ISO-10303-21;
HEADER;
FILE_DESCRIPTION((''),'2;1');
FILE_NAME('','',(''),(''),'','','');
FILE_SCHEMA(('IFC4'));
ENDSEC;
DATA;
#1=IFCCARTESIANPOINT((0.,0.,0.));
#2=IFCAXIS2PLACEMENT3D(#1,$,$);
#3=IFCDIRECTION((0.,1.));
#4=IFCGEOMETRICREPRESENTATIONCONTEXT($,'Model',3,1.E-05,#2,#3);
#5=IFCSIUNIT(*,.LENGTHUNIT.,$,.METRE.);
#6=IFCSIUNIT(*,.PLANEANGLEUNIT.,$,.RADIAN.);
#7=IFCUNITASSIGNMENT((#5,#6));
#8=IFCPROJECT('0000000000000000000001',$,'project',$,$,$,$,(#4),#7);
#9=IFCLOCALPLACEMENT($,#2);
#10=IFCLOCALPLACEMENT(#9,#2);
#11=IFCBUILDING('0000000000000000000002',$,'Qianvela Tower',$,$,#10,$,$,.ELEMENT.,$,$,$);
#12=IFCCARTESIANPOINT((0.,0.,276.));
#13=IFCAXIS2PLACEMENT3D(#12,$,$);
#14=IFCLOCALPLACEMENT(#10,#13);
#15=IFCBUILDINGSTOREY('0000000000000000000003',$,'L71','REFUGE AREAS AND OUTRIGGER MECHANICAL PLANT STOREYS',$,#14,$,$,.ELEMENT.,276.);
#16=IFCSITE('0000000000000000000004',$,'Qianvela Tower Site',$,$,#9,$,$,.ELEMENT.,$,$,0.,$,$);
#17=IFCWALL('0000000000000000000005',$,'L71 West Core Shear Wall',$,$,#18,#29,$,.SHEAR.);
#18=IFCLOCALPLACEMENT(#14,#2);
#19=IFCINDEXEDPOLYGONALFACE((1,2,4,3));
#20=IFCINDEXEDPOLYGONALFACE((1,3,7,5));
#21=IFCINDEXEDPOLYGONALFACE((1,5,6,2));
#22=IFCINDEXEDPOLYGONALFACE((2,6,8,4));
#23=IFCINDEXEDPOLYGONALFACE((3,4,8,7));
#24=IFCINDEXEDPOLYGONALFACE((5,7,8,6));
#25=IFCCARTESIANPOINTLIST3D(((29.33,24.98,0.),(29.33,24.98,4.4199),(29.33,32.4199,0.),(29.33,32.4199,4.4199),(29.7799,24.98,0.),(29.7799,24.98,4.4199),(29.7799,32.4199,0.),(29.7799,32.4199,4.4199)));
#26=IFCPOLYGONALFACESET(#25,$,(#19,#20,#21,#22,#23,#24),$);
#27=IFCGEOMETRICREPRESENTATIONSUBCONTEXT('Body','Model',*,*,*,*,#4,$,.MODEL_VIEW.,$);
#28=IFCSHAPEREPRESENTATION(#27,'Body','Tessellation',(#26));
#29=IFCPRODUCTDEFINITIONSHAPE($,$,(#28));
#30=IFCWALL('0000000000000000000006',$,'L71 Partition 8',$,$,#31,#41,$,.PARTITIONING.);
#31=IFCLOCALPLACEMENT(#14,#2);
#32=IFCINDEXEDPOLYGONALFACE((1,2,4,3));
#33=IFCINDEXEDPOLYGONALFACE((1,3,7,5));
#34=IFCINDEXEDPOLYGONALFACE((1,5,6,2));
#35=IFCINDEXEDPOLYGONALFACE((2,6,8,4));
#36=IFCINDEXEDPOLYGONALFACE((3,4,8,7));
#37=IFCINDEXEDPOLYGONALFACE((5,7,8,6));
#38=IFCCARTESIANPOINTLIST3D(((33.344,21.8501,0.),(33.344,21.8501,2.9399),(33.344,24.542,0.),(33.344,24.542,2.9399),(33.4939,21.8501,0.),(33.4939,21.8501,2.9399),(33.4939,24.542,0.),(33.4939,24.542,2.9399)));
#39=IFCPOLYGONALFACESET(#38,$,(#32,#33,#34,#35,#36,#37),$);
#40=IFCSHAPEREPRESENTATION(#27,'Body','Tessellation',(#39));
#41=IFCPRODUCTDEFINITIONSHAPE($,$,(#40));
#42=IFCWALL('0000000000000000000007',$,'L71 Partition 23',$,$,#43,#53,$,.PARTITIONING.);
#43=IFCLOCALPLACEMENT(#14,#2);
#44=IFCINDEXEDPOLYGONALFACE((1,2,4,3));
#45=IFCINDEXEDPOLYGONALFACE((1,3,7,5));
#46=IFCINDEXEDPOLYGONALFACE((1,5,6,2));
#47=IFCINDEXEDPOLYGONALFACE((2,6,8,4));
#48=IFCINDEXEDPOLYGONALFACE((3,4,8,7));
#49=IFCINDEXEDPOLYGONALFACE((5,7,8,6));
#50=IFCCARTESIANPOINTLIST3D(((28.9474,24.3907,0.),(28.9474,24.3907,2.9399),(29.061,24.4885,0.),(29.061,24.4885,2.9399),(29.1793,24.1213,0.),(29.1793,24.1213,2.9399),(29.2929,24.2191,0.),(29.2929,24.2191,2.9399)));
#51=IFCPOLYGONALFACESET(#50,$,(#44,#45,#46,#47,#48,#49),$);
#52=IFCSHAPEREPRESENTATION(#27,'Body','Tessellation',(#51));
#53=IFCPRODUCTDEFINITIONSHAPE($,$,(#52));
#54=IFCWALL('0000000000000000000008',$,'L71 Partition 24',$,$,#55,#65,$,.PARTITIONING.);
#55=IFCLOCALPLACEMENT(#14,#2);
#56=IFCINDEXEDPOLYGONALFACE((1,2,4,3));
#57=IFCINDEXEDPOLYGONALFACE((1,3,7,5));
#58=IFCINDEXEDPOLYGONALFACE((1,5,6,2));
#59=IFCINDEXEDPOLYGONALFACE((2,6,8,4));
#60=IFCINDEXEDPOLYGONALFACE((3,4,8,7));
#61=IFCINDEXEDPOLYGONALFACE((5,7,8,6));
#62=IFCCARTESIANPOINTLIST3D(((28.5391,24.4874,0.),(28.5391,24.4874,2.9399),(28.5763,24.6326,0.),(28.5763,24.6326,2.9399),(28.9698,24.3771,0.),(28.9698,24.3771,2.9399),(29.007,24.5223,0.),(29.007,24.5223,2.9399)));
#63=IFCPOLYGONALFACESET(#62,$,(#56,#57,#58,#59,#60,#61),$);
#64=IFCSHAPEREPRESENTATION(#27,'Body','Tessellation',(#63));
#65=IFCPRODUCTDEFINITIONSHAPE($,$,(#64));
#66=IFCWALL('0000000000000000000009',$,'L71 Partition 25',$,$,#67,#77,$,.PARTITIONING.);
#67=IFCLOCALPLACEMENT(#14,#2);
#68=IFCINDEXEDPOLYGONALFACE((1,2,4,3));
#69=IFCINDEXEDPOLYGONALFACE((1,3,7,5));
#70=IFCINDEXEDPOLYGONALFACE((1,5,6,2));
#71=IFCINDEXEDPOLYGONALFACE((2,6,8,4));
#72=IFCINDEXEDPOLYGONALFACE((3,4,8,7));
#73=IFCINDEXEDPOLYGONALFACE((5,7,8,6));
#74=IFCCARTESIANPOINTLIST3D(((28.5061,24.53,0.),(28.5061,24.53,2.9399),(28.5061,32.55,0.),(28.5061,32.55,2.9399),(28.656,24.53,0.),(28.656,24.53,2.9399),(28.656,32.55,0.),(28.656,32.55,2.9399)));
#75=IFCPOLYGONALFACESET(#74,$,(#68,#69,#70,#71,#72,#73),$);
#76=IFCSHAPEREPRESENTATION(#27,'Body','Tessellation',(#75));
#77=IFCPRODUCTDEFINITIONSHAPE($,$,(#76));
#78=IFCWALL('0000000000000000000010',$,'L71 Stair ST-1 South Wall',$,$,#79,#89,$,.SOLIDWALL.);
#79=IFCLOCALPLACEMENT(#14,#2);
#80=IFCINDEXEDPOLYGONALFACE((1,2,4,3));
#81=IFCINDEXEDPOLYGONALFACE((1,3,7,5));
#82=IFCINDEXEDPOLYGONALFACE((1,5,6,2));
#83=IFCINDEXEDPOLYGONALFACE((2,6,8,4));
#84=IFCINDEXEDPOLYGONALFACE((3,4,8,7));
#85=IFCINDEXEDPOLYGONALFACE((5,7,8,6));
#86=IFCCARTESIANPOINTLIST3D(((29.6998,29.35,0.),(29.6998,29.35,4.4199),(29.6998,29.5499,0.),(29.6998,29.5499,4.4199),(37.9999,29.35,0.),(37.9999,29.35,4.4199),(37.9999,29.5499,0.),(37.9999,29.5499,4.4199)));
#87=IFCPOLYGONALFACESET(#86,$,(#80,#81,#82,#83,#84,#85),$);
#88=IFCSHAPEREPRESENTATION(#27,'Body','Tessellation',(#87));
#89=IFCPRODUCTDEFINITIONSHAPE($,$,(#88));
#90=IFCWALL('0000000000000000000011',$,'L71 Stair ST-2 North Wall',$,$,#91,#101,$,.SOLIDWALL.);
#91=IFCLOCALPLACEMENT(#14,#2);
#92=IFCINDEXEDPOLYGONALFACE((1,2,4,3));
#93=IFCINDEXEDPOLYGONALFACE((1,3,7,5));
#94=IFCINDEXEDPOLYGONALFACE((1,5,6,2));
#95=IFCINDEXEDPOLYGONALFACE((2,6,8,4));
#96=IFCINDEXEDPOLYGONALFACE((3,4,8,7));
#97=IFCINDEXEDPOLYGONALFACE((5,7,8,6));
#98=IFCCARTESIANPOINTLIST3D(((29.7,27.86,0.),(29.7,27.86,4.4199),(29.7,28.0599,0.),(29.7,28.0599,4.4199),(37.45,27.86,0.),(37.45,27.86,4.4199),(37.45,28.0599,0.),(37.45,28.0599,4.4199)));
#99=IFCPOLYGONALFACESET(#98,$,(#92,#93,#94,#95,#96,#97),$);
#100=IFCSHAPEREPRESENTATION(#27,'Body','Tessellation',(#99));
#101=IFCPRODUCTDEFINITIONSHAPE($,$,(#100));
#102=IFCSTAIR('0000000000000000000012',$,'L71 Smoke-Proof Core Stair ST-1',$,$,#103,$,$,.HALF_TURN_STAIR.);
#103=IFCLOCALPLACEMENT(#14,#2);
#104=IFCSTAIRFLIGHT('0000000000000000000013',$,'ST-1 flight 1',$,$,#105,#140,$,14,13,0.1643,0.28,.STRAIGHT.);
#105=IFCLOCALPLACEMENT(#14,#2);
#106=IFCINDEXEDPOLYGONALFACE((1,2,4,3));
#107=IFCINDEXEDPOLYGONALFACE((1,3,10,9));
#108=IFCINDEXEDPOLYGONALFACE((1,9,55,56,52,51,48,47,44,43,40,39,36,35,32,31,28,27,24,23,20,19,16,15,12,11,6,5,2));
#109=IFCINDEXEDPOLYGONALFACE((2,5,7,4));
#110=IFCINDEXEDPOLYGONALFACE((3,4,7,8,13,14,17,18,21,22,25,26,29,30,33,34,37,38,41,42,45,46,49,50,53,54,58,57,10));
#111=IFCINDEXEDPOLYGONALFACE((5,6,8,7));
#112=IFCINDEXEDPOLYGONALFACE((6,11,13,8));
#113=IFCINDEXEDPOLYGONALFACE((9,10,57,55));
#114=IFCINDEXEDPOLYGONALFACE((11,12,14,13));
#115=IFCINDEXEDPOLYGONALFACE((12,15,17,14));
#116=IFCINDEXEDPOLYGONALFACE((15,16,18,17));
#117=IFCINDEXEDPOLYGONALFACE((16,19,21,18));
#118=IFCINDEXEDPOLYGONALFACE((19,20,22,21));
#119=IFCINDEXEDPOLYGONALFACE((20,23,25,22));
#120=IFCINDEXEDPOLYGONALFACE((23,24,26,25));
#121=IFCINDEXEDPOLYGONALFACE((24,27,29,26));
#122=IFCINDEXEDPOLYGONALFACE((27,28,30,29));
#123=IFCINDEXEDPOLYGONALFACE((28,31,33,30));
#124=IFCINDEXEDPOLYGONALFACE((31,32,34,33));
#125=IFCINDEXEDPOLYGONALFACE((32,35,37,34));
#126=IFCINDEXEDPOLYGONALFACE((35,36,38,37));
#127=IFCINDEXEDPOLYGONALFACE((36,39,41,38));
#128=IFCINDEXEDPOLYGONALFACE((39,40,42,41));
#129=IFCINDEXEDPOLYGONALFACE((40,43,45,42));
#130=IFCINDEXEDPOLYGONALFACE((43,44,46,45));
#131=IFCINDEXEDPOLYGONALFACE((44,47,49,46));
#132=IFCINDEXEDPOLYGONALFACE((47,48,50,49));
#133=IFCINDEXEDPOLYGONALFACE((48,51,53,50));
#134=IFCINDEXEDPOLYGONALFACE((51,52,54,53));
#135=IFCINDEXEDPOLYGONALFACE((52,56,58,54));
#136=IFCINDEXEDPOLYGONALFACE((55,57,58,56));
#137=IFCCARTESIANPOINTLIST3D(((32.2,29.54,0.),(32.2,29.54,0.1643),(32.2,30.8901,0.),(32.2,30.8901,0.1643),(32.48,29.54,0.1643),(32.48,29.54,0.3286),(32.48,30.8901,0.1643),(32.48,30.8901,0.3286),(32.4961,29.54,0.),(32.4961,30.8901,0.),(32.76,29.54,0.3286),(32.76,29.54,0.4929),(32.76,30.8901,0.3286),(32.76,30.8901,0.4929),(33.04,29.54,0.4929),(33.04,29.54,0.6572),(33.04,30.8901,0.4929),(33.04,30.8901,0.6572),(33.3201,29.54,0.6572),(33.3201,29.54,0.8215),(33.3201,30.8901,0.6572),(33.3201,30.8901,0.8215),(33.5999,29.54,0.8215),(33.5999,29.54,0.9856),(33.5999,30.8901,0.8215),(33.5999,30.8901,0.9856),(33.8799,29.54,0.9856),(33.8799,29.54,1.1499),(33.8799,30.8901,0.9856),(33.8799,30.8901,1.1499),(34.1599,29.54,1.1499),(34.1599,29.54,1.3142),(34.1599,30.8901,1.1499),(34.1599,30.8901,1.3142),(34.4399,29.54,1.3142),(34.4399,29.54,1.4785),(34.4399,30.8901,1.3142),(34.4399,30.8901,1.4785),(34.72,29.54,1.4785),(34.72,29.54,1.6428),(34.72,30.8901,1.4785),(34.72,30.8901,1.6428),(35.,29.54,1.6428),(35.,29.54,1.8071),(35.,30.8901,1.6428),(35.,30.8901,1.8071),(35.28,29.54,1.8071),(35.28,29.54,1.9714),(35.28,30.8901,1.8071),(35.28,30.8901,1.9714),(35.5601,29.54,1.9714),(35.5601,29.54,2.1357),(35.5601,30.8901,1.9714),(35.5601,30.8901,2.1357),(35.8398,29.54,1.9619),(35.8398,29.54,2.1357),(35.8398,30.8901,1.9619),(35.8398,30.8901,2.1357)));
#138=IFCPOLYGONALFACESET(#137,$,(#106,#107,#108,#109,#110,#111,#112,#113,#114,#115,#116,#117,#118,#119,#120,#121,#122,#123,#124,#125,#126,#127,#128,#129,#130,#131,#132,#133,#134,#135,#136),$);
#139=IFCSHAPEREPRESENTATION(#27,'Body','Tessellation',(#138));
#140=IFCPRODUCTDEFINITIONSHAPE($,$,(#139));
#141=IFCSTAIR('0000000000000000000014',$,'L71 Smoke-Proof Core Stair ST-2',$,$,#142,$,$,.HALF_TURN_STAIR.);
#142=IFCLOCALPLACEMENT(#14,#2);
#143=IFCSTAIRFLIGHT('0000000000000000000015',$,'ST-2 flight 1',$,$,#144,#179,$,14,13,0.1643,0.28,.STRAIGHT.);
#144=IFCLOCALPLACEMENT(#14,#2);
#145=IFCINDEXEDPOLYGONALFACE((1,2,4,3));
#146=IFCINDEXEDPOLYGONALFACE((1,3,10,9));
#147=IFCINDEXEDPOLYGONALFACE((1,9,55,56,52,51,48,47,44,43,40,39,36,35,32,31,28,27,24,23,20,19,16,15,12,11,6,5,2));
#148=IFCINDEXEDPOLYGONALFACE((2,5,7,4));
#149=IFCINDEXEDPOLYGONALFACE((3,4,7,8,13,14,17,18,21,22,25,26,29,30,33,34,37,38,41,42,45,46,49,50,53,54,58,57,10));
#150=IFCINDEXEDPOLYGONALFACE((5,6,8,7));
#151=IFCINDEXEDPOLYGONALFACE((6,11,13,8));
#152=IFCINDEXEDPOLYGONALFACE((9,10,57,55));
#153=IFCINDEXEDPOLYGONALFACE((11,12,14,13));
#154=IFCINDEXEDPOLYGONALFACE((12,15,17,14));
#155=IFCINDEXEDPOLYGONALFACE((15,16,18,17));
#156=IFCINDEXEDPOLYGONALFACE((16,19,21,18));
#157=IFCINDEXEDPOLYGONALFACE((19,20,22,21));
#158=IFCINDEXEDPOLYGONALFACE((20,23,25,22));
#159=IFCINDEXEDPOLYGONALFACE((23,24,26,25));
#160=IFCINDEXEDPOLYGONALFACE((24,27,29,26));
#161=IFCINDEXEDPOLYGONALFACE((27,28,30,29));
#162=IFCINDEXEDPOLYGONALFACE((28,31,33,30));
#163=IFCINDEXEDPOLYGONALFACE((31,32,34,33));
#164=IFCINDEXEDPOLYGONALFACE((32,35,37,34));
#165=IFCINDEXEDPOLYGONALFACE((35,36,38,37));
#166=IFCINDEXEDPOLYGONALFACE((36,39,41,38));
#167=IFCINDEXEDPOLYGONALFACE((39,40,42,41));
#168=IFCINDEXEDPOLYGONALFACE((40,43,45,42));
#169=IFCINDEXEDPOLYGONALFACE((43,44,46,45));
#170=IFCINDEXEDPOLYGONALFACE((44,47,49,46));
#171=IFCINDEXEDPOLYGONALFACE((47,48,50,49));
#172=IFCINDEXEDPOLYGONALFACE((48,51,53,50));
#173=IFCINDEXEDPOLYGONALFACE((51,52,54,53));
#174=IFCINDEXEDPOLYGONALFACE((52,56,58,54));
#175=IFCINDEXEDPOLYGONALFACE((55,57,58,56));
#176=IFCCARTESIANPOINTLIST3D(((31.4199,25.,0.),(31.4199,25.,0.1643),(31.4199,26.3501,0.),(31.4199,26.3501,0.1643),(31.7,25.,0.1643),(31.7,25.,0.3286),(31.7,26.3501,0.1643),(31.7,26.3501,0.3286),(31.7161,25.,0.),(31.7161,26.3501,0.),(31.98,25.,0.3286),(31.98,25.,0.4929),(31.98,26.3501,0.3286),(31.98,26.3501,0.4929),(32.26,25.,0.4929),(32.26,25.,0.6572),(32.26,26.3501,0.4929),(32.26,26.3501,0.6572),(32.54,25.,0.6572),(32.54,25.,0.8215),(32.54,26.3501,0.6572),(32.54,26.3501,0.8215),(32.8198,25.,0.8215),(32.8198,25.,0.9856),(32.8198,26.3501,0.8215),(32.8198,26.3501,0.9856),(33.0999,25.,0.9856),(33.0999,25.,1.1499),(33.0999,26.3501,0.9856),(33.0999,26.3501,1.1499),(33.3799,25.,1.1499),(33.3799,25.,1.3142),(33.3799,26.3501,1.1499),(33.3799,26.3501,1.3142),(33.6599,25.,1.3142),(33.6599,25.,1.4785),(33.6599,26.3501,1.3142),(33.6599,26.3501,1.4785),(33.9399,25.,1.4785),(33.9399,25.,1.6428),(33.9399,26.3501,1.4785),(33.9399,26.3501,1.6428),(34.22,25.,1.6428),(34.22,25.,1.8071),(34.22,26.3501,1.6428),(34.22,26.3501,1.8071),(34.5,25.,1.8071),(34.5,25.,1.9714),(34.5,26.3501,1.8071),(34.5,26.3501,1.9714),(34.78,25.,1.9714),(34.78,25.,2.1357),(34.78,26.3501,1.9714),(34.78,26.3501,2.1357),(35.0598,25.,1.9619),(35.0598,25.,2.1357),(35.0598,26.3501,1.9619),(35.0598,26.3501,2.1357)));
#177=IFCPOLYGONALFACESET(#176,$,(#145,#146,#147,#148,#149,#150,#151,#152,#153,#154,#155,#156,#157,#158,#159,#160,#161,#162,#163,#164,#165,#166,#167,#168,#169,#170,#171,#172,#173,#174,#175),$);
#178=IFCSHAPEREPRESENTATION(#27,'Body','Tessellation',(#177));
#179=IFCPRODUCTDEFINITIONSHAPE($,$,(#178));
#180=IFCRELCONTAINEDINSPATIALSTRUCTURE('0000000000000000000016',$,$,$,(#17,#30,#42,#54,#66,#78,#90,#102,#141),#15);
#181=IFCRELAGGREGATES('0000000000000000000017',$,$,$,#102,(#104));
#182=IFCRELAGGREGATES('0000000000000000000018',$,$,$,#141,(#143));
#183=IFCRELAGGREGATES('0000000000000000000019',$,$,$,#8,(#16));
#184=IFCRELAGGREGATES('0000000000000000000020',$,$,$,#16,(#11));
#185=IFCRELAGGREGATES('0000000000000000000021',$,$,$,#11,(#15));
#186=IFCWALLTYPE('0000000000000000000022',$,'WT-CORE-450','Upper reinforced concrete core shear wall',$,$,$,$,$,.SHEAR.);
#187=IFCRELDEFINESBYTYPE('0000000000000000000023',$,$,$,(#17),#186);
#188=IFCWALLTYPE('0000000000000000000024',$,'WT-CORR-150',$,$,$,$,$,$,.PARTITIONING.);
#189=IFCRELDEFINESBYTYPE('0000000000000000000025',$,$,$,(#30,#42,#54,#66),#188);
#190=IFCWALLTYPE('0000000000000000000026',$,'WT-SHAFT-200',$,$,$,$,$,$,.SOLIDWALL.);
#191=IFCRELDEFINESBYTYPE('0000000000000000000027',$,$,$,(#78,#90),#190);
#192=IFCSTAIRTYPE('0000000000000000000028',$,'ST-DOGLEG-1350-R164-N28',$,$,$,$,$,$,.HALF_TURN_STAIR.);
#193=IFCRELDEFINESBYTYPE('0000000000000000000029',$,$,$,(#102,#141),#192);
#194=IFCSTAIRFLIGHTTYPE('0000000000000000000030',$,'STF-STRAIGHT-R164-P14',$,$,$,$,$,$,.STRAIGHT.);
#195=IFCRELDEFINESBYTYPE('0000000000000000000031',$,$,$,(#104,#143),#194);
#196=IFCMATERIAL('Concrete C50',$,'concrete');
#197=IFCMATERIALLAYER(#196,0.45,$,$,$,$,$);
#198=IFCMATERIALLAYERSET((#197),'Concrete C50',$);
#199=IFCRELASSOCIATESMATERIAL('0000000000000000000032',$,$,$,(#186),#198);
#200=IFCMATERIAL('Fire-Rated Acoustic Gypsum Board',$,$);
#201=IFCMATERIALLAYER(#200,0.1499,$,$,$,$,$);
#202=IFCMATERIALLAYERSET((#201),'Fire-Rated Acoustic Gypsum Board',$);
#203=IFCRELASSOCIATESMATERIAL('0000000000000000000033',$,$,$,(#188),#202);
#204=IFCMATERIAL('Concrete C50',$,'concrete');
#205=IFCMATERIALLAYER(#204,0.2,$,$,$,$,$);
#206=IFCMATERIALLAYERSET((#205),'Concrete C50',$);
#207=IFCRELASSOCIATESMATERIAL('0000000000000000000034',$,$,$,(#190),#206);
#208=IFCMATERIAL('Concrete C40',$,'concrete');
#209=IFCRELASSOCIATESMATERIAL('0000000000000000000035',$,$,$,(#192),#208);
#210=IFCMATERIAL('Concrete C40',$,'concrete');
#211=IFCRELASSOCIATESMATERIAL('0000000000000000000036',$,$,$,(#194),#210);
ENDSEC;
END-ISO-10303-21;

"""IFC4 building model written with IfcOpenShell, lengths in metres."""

from ifc_helpers import new_model, si_unit, direction, frame, frame_2d, origin, place, context, subcontext, project, spatial, polyline, rectangle, outline, extrude, material, layer, layer_set, type_object, element, aggregate, save


model = new_model("IFC4")

# Units and contexts
model_context = context("Model", 3, precision=1e-05, world=origin(), true_north=direction((0.0, 1.0)))
body_context = subcontext(model_context, "Body", "Model", "MODEL_VIEW")
ifc_project = project(units=[si_unit("LENGTHUNIT", "METRE"), si_unit("PLANEANGLEUNIT", "RADIAN")], contexts=[model_context])

# Site, building, storey
site_placement = place(None, origin())
site = spatial("IfcSite", under=ifc_project, at=site_placement, Name="Qianvela Tower Site", CompositionType="ELEMENT", RefElevation=0.0)
building_placement = place(site_placement, origin())
building = spatial("IfcBuilding", under=site, at=building_placement, Name="Qianvela Tower", CompositionType="ELEMENT")
storey_placement = place(building_placement, frame((0.0, 0.0, 276.0)))
storey = spatial("IfcBuildingStorey", under=building, at=storey_placement, Name="L71", Description="REFUGE AREAS AND OUTRIGGER MECHANICAL PLANT STOREYS", CompositionType="ELEMENT", Elevation=276.0)

# Shared definitions
ifc_material_1 = material(Name="Concrete C50", Category="concrete")
ifc_layer_1 = layer(ifc_material_1, 0.45)
ifc_layer_set_1 = layer_set([ifc_layer_1], Name="Concrete C50")
wall_type_1 = type_object("IfcWallType", Name="WT-CORE-450", Description="Upper reinforced concrete core shear wall", PredefinedType="SHEAR", material=ifc_layer_set_1)

# Walls
wall_1_placement = place(storey_placement, frame((29.5549, 24.98, 0.0), z_axis=(0.0, 0.0, 1.0), x_axis=(0.0, 1.0, 0.0)))
element("IfcWall", 1, at=wall_1_placement, inside=storey, type_object=wall_type_1, Name="L71 West Core Shear Wall", PredefinedType="SHEAR", context=body_context, shape_type="SweptSolid", body=[
    extrude(rectangle(XDim=7.4399, YDim=0.45, at=frame_2d((3.72, 0.0))), origin(), (0.0, 0.0, 1.0), 4.4199),
])
ifc_material_2 = material(Name="Fire-Rated Acoustic Gypsum Board")
ifc_layer_2 = layer(ifc_material_2, 0.1499)
ifc_layer_set_2 = layer_set([ifc_layer_2], Name="Fire-Rated Acoustic Gypsum Board")
wall_type_2 = type_object("IfcWallType", Name="WT-CORR-150", PredefinedType="PARTITIONING", material=ifc_layer_set_2)
wall_2_placement = place(storey_placement, frame((33.4189, 24.542, 0.0), z_axis=(0.0, 0.0, 1.0), x_axis=(0.0, -1.0, 0.0)))
element("IfcWall", 2, at=wall_2_placement, inside=storey, type_object=wall_type_2, Name="L71 Partition 8", PredefinedType="PARTITIONING", context=body_context, shape_type="SweptSolid", body=[
    extrude(rectangle(XDim=2.6919, YDim=0.1499, at=frame_2d((1.3459, 0.0))), origin(), (0.0, 0.0, 1.0), 2.9399),
])
wall_3_placement = place(storey_placement, frame((29.2361, 24.1702, 0.0), z_axis=(0.0, 0.0, 1.0), x_axis=(-0.65226, 0.757995, 0.0)))
element("IfcWall", 3, at=wall_3_placement, inside=storey, type_object=wall_type_2, Name="L71 Partition 23", PredefinedType="PARTITIONING", context=body_context, shape_type="SweptSolid", body=[
    extrude(rectangle(XDim=0.3555, YDim=0.1499, at=frame_2d((0.1777, 0.0))), origin(), (0.0, 0.0, 1.0), 2.9399),
])
wall_4_placement = place(storey_placement, frame((28.9883, 24.4497, 0.0), z_axis=(0.0, 0.0, 1.0), x_axis=(-0.968705, 0.248217, 0.0)))
element("IfcWall", 4, at=wall_4_placement, inside=storey, type_object=wall_type_2, Name="L71 Partition 24", PredefinedType="PARTITIONING", context=body_context, shape_type="SweptSolid", body=[
    extrude(rectangle(XDim=0.4446, YDim=0.1499, at=frame_2d((0.2222, 0.0))), origin(), (0.0, 0.0, 1.0), 2.9399),
])
wall_5_placement = place(storey_placement, frame((28.5811, 24.53, 0.0), z_axis=(0.0, 0.0, 1.0), x_axis=(0.0, 1.0, 0.0)))
element("IfcWall", 5, at=wall_5_placement, inside=storey, type_object=wall_type_2, Name="L71 Partition 25", PredefinedType="PARTITIONING", context=body_context, shape_type="SweptSolid", body=[
    extrude(rectangle(XDim=8.02, YDim=0.1499, at=frame_2d((4.01, 0.0))), origin(), (0.0, 0.0, 1.0), 2.9399),
])
ifc_material_3 = material(Name="Concrete C50", Category="concrete")
ifc_layer_3 = layer(ifc_material_3, 0.2)
ifc_layer_set_3 = layer_set([ifc_layer_3], Name="Concrete C50")
wall_type_3 = type_object("IfcWallType", Name="WT-SHAFT-200", PredefinedType="SOLIDWALL", material=ifc_layer_set_3)
wall_6_placement = place(storey_placement, frame((29.7, 29.45, 0.0), z_axis=(0.0, 0.0, 1.0), x_axis=(1.0, 0.0, 0.0)))
element("IfcWall", 6, at=wall_6_placement, inside=storey, type_object=wall_type_3, Name="L71 Stair ST-1 South Wall", PredefinedType="SOLIDWALL", context=body_context, shape_type="SweptSolid", body=[
    extrude(rectangle(XDim=8.3, YDim=0.2, at=frame_2d((4.1499, 0.0))), origin(), (0.0, 0.0, 1.0), 4.4199),
])
wall_7_placement = place(storey_placement, frame((29.7, 27.96, 0.0), z_axis=(0.0, 0.0, 1.0), x_axis=(1.0, 0.0, 0.0)))
element("IfcWall", 7, at=wall_7_placement, inside=storey, type_object=wall_type_3, Name="L71 Stair ST-2 North Wall", PredefinedType="SOLIDWALL", context=body_context, shape_type="SweptSolid", body=[
    extrude(rectangle(XDim=7.75, YDim=0.2, at=frame_2d((3.875, 0.0))), origin(), (0.0, 0.0, 1.0), 4.4199),
])

# Stair, stair flight
ifc_material_4 = material(Name="Concrete C40", Category="concrete")
stair_type = type_object("IfcStairType", Name="ST-DOGLEG-1350-R164-N28", PredefinedType="HALF_TURN_STAIR", material=ifc_material_4)
stair_1_placement = place(storey_placement, origin())
stair_1 = element("IfcStair", 8, at=stair_1_placement, inside=storey, type_object=stair_type, Name="L71 Smoke-Proof Core Stair ST-1", PredefinedType="HALF_TURN_STAIR")
ifc_material_5 = material(Name="Concrete C40", Category="concrete")
stair_flight_type = type_object("IfcStairFlightType", Name="STF-STRAIGHT-R164-P14", PredefinedType="STRAIGHT", material=ifc_material_5)
stair_flight_1_placement = place(storey_placement, frame((32.2, 30.2151, 0.0), z_axis=(0.0, 0.0, 1.0), x_axis=(1.0, 0.0, 0.0)))
stair_flight_1 = element("IfcStairFlight", 9, at=stair_flight_1_placement, type_object=stair_flight_type, Name="ST-1 flight 1", NumberOfRisers=14, NumberOfTreads=13, PredefinedType="STRAIGHT", RiserHeight=0.1643, TreadLength=0.28, context=body_context, shape_type="SweptSolid", body=[
    extrude(outline(polyline([(0.0, 0.0), (0.0, 0.1643), (0.28, 0.1643), (0.28, 0.3286), (0.5601, 0.3286), (0.5601, 0.4929), (0.8401, 0.4929), (0.8401, 0.6572), (1.1201, 0.6572), (1.1201, 0.8215), (1.3999, 0.8215), (1.3999, 0.9856), (1.6799, 0.9856), (1.6799, 1.1499), (1.96, 1.1499), (1.96, 1.3142), (2.24, 1.3142), (2.24, 1.4785), (2.52, 1.4785), (2.52, 1.6428), (2.8, 1.6428), (2.8, 1.8071), (3.0801, 1.8071), (3.0801, 1.9714), (3.3601, 1.9714), (3.3601, 2.1357), (3.6399, 2.1357), (3.6399, 2.3), (3.6399, 1.9619), (0.2961, 0.0), (0.0, 0.0)])), frame((0.0, 0.675, 0.0), z_axis=(0.0, -1.0, 0.0), x_axis=(1.0, 0.0, 0.0)), (0.0, 0.0, 1.0), 1.3501),
])
aggregate(stair_1, [stair_flight_1])

# Stair, stair flight
stair_2_placement = place(storey_placement, origin())
stair_2 = element("IfcStair", 10, at=stair_2_placement, inside=storey, type_object=stair_type, Name="L71 Smoke-Proof Core Stair ST-2", PredefinedType="HALF_TURN_STAIR")
stair_flight_2_placement = place(storey_placement, frame((31.4199, 25.675, 0.0), z_axis=(0.0, 0.0, 1.0), x_axis=(1.0, 0.0, 0.0)))
stair_flight_2 = element("IfcStairFlight", 11, at=stair_flight_2_placement, type_object=stair_flight_type, Name="ST-2 flight 1", NumberOfRisers=14, NumberOfTreads=13, PredefinedType="STRAIGHT", RiserHeight=0.1643, TreadLength=0.28, context=body_context, shape_type="SweptSolid", body=[
    extrude(outline(polyline([(0.0, 0.0), (0.0, 0.1643), (0.28, 0.1643), (0.28, 0.3286), (0.5601, 0.3286), (0.5601, 0.4929), (0.8401, 0.4929), (0.8401, 0.6572), (1.1201, 0.6572), (1.1201, 0.8215), (1.3999, 0.8215), (1.3999, 0.9856), (1.6799, 0.9856), (1.6799, 1.1499), (1.96, 1.1499), (1.96, 1.3142), (2.24, 1.3142), (2.24, 1.4785), (2.52, 1.4785), (2.52, 1.6428), (2.8, 1.6428), (2.8, 1.8071), (3.0801, 1.8071), (3.0801, 1.9714), (3.3601, 1.9714), (3.3601, 2.1357), (3.6399, 2.1357), (3.6399, 2.3), (3.6399, 1.9619), (0.2961, 0.0), (0.0, 0.0)])), frame((0.0, 0.675, 0.0), z_axis=(0.0, -1.0, 0.0), x_axis=(1.0, 0.0, 0.0)), (0.0, 0.0, 1.0), 1.3501),
])
aggregate(stair_2, [stair_flight_2])

save(model, "model.ifc")
